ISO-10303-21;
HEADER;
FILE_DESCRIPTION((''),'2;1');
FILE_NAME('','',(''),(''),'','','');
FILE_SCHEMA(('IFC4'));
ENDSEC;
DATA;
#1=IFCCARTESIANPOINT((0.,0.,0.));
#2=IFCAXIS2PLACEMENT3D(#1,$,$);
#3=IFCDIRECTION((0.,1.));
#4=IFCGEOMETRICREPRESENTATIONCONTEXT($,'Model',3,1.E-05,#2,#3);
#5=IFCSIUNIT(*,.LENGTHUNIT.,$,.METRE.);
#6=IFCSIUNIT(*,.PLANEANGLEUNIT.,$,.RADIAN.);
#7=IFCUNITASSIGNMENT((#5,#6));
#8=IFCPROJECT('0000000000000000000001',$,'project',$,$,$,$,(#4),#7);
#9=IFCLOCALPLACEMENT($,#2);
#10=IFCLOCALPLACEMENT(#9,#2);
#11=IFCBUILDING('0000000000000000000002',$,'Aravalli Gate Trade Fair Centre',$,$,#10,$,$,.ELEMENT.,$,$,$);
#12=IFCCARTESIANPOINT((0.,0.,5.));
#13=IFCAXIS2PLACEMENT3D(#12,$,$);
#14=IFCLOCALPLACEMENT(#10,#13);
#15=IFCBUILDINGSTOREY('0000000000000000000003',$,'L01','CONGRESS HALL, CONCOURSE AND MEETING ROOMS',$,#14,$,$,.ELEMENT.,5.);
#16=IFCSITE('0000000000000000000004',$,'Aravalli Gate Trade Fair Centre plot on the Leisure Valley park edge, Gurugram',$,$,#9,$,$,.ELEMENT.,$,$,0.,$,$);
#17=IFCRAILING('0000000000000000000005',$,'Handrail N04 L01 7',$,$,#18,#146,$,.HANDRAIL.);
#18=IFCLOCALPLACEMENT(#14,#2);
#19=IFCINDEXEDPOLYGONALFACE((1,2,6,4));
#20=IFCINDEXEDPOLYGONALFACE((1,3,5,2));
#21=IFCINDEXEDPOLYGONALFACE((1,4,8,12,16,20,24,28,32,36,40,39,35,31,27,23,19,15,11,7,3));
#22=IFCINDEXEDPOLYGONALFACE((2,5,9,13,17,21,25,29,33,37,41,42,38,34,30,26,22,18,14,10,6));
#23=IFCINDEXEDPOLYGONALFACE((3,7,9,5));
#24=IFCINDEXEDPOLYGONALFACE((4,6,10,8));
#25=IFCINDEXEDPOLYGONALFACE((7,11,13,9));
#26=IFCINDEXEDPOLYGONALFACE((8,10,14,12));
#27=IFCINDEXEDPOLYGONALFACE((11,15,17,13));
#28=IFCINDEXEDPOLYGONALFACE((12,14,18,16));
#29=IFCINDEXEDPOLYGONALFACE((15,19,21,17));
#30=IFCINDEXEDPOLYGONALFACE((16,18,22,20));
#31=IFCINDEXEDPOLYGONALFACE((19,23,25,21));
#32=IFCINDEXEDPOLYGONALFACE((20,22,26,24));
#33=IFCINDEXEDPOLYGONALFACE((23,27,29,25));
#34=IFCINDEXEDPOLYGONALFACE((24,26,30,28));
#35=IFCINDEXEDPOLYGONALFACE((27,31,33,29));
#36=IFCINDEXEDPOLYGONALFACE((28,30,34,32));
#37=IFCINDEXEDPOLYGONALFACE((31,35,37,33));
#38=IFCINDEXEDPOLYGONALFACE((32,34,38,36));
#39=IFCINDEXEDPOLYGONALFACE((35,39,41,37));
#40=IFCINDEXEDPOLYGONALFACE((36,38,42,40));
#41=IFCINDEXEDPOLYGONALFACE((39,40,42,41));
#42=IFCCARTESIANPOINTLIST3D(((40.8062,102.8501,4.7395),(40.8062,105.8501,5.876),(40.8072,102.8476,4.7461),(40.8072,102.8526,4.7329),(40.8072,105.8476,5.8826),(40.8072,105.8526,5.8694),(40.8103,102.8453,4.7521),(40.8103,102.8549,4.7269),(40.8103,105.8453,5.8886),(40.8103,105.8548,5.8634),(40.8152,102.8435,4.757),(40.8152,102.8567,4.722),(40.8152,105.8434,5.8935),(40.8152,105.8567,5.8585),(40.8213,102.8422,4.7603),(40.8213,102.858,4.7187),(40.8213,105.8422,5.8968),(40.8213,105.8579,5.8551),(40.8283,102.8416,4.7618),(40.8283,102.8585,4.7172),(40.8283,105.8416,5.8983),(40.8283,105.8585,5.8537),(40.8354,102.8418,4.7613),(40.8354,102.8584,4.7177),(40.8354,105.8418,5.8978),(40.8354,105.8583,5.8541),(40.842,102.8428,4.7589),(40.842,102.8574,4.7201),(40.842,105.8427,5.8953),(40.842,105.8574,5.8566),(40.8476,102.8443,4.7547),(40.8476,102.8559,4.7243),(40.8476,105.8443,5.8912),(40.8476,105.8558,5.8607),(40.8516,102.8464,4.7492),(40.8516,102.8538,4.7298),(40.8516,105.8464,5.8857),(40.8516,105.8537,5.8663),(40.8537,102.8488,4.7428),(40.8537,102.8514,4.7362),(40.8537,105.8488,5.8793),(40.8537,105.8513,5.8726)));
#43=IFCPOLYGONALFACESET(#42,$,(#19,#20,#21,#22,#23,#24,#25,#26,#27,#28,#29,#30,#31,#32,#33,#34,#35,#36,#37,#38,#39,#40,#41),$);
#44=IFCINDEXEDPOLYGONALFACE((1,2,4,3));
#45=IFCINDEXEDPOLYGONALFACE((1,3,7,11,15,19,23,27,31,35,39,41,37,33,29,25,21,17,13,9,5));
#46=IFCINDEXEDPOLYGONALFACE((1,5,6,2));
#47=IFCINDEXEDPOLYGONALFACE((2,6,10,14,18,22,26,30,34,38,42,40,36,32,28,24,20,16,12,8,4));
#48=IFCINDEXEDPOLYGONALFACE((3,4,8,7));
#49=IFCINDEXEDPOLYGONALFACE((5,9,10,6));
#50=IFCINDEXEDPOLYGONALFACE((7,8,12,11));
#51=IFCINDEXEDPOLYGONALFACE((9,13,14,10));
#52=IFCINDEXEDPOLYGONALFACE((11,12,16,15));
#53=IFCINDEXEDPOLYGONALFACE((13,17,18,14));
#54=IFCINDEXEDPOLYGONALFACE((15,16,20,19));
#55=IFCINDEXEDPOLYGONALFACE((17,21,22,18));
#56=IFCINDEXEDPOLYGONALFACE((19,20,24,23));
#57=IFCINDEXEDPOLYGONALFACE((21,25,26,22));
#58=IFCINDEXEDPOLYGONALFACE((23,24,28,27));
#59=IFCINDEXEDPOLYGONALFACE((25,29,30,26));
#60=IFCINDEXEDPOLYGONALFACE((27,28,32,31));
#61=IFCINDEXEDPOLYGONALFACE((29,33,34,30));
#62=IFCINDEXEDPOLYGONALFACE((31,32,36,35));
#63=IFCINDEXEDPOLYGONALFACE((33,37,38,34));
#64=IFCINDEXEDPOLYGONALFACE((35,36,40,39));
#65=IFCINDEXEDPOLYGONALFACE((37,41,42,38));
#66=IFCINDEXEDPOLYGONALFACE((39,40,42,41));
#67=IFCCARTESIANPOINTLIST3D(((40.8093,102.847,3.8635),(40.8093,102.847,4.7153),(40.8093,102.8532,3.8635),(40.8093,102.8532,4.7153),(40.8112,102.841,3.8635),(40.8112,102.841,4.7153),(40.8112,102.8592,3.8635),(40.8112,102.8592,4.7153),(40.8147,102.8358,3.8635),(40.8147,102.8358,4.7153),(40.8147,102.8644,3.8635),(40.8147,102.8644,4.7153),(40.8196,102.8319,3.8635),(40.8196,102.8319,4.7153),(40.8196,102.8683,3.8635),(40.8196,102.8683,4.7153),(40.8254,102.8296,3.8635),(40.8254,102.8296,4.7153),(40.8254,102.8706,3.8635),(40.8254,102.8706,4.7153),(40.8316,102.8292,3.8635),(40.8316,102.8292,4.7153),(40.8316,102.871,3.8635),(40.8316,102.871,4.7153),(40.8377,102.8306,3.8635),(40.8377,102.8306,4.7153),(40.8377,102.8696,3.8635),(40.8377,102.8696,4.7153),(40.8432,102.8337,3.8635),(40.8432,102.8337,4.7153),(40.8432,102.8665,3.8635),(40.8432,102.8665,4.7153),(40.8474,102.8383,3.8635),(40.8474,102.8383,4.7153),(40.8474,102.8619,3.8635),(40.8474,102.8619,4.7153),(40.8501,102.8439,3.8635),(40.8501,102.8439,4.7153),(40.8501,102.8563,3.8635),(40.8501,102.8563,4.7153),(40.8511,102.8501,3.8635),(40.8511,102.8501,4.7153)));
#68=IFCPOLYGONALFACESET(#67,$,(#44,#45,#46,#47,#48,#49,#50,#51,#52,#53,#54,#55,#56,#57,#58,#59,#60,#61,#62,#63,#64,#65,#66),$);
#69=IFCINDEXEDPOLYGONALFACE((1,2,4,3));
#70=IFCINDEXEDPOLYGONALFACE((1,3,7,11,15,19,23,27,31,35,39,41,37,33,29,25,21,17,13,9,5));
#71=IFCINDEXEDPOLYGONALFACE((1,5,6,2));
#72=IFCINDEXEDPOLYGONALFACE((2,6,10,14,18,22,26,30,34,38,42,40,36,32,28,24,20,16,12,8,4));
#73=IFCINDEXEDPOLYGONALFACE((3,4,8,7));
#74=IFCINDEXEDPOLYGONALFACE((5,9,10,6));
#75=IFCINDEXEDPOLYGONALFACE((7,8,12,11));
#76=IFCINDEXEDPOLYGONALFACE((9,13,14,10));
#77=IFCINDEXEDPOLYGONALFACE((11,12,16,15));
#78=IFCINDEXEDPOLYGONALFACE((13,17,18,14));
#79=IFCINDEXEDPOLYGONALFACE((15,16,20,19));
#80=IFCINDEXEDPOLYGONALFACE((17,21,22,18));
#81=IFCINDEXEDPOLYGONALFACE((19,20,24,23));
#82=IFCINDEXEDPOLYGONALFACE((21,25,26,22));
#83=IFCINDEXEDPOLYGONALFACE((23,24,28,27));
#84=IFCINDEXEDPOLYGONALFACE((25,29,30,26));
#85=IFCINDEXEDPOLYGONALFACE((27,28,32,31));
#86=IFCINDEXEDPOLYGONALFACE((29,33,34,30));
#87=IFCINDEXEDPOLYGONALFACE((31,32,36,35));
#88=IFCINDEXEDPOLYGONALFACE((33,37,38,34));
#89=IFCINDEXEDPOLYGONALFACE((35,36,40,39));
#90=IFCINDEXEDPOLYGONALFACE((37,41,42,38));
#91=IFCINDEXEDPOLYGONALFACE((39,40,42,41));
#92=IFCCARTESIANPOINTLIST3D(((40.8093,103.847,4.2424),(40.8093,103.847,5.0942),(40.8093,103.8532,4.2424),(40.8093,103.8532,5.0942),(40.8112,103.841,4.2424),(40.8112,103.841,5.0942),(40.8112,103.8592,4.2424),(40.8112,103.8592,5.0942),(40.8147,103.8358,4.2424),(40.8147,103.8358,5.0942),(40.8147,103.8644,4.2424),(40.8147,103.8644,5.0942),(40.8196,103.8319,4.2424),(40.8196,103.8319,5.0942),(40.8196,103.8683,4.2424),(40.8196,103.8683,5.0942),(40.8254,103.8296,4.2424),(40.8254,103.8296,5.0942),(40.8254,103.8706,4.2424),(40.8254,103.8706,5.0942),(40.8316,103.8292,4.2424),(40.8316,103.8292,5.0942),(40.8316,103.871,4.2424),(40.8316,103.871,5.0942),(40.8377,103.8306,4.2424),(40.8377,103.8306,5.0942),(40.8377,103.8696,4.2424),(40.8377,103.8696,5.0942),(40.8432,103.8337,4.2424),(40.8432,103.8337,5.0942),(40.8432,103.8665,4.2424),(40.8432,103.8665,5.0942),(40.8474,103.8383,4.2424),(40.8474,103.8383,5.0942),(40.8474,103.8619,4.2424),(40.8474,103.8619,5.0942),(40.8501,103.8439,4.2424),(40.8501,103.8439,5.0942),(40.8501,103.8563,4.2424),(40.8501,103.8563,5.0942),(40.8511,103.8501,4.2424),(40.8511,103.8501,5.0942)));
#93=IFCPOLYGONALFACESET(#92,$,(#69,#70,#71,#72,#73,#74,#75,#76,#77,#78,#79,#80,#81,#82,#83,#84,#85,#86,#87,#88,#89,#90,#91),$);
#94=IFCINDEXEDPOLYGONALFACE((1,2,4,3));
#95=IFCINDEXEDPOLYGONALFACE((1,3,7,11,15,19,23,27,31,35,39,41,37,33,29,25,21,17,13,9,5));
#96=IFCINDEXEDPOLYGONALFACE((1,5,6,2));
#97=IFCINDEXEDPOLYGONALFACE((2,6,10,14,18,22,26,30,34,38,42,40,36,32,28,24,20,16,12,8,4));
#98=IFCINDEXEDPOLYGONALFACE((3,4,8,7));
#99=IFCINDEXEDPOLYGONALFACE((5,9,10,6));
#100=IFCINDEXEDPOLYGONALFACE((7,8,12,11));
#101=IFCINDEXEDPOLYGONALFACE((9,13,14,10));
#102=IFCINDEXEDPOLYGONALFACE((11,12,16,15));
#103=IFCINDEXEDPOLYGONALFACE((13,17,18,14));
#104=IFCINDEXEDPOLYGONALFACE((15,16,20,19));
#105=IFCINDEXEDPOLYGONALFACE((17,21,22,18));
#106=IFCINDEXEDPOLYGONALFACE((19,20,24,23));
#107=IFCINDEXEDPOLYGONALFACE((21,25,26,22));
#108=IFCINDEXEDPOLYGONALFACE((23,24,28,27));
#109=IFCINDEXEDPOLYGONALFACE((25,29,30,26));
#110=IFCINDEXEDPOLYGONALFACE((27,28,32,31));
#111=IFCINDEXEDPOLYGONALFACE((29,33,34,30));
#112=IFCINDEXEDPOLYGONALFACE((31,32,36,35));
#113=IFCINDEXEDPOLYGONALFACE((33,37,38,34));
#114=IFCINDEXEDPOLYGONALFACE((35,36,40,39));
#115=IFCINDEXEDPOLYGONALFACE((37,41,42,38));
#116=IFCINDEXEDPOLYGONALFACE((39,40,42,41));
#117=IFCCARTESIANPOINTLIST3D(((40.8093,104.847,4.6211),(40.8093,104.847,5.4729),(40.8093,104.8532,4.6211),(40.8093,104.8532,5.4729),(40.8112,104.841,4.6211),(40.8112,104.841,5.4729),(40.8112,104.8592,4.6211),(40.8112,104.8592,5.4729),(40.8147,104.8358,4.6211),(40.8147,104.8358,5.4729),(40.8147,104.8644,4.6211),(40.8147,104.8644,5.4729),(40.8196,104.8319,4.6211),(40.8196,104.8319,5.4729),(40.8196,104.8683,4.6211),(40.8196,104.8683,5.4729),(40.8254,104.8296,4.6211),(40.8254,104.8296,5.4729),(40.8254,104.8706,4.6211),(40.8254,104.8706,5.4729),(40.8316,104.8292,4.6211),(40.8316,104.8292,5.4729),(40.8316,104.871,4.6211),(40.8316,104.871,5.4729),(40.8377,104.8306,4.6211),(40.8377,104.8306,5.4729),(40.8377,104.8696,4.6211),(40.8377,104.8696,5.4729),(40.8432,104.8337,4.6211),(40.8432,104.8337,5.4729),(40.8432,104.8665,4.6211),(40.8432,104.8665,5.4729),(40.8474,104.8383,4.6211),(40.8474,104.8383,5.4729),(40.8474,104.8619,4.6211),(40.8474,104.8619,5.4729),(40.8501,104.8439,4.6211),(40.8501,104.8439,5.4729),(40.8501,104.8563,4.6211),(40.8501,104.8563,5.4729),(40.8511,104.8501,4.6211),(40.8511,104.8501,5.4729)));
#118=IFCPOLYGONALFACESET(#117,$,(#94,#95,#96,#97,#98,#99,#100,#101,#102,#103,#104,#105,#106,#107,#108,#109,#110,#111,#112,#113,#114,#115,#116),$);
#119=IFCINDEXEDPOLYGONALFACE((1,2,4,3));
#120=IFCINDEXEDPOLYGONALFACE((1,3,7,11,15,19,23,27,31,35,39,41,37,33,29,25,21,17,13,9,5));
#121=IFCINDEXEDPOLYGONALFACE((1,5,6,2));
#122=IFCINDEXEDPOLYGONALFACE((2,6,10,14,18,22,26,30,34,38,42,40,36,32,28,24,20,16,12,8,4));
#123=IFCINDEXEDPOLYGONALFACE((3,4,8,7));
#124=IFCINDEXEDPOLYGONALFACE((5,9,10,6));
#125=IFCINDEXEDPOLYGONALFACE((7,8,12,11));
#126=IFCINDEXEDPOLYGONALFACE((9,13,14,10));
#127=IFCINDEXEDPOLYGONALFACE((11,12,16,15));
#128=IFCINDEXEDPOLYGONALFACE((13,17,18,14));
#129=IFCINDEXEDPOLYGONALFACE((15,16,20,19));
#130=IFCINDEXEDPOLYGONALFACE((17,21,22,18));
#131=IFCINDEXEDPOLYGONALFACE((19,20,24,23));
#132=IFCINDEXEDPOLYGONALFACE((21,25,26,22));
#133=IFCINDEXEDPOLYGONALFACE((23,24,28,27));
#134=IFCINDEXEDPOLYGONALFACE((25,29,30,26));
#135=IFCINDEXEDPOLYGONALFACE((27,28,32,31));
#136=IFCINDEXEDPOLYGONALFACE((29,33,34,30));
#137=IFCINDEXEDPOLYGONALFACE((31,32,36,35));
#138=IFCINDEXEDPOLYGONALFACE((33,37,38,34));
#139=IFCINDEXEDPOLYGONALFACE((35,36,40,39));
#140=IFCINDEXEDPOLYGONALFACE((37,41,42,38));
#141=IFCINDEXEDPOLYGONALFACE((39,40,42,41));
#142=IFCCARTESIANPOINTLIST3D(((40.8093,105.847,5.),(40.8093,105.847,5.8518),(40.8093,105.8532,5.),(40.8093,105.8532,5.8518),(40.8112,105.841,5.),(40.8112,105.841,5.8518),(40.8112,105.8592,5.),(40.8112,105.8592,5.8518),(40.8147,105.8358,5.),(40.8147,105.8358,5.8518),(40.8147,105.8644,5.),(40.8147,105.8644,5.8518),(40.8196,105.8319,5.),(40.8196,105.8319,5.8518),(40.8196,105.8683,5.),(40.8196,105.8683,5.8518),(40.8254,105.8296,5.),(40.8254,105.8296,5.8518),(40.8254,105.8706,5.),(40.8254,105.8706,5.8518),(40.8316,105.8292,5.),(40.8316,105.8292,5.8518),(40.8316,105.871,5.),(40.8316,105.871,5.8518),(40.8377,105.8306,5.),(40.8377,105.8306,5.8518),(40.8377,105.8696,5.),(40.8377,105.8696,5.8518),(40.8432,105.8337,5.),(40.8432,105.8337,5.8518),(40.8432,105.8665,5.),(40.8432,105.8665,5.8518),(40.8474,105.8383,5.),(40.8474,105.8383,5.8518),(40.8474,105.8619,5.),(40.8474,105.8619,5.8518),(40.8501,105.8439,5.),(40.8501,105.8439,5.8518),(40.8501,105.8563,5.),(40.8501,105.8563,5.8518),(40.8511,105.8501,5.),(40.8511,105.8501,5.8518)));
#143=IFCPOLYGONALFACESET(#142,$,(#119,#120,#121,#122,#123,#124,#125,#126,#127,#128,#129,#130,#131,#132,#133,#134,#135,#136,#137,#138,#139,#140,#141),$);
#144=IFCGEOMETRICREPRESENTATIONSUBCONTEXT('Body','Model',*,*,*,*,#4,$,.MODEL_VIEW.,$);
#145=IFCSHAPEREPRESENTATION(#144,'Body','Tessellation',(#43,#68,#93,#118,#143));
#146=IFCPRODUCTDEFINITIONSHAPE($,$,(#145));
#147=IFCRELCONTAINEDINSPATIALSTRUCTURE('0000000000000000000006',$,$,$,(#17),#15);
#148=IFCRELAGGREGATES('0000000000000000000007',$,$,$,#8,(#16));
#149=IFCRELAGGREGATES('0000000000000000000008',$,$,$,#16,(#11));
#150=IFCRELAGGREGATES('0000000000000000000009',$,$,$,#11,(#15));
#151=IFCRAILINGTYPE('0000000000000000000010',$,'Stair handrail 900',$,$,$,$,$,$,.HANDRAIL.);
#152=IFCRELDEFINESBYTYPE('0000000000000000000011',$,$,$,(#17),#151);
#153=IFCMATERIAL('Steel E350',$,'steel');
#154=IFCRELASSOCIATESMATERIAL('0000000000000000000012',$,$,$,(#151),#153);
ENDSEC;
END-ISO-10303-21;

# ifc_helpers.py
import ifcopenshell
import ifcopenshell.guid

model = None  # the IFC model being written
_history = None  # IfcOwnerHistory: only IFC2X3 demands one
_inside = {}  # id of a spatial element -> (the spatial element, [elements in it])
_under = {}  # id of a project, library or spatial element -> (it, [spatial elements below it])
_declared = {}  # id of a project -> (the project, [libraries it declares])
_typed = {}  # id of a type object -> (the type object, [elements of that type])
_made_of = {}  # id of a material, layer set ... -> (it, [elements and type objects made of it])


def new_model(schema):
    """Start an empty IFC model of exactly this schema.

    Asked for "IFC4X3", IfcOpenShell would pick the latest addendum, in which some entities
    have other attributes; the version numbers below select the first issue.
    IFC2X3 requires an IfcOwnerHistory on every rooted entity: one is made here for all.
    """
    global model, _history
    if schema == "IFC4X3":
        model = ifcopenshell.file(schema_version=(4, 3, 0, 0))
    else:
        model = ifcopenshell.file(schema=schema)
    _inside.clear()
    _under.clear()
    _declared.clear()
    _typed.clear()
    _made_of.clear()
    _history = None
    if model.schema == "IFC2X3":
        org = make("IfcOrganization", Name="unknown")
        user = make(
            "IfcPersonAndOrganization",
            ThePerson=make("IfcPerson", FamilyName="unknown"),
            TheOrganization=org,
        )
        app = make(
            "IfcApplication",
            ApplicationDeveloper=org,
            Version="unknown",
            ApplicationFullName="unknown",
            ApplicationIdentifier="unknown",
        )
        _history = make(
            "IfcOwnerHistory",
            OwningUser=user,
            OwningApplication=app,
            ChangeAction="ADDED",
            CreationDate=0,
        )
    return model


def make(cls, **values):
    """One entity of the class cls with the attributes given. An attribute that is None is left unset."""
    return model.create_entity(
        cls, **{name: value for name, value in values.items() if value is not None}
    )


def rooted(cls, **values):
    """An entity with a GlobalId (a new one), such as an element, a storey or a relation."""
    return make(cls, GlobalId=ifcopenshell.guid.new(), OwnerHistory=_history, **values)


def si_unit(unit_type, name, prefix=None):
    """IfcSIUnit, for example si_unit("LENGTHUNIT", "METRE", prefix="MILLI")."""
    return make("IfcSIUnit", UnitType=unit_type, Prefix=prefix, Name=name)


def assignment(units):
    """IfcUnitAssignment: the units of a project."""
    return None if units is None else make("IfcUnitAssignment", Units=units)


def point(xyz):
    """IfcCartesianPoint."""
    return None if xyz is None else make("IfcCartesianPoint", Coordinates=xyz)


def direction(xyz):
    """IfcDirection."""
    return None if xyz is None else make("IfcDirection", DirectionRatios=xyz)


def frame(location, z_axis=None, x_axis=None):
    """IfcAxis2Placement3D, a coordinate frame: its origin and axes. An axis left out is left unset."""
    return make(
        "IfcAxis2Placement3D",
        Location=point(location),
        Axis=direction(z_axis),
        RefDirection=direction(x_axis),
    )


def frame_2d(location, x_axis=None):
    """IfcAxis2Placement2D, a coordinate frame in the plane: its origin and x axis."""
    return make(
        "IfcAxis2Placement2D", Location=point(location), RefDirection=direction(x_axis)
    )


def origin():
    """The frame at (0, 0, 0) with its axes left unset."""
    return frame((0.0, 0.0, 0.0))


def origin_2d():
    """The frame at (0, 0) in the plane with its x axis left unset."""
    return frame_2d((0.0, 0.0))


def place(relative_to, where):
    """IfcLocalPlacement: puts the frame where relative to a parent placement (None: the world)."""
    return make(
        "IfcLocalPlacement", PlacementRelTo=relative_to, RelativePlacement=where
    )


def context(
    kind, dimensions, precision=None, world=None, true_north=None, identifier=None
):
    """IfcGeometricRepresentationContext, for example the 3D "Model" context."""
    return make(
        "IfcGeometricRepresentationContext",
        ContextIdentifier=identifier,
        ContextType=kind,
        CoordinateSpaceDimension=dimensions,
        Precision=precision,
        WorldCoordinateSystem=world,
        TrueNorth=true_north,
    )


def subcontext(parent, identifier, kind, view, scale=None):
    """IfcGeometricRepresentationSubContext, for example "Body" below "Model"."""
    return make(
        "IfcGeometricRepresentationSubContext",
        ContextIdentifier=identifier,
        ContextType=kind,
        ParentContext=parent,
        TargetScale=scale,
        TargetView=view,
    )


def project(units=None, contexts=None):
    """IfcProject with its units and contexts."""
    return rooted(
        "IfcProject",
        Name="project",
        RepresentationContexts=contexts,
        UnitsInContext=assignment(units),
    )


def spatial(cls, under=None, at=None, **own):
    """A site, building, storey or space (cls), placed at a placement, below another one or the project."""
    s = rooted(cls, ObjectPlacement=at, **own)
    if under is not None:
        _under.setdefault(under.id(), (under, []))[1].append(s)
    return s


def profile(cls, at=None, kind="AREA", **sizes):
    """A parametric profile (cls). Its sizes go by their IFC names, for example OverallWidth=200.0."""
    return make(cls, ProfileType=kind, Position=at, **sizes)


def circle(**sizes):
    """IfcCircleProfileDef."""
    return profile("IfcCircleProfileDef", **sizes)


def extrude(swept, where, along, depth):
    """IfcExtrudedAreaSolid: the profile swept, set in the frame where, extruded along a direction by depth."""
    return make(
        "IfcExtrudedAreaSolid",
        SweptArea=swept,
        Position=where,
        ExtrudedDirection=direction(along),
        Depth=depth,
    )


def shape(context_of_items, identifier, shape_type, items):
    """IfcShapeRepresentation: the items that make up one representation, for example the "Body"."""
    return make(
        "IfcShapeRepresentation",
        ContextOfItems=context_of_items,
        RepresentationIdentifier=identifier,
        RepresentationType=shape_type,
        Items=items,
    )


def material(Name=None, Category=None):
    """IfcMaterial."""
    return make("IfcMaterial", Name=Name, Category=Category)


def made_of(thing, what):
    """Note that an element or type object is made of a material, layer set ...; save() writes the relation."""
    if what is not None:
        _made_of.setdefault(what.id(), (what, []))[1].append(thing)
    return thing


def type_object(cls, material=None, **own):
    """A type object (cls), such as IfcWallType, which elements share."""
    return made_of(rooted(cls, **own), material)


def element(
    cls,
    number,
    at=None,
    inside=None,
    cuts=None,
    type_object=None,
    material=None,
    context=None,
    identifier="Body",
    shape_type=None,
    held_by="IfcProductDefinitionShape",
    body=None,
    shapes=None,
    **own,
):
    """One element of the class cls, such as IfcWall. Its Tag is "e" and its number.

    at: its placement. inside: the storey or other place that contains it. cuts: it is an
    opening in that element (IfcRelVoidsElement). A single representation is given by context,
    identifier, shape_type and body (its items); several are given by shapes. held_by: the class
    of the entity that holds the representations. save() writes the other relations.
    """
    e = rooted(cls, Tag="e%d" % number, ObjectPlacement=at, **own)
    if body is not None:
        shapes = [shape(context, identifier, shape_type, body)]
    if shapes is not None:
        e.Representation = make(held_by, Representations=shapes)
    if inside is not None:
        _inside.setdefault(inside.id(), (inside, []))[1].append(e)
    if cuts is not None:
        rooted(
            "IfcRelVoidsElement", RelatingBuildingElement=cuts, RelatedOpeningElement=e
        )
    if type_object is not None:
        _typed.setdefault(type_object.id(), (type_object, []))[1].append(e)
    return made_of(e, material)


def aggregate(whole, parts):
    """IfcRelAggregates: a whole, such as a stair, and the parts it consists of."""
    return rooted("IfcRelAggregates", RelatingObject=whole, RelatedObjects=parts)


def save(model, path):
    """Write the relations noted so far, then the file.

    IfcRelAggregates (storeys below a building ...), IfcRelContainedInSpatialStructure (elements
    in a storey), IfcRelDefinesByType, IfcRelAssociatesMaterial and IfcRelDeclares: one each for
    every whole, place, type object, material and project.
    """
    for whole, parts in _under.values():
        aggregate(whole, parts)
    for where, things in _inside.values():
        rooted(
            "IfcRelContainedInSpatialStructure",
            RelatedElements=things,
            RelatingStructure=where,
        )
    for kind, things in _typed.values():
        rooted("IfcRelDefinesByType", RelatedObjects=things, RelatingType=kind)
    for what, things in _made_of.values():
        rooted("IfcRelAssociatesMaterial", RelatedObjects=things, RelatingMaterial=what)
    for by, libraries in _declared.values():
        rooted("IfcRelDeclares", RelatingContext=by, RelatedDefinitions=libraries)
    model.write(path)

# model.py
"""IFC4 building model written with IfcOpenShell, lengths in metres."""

from ifc_helpers import new_model, si_unit, direction, frame, origin, origin_2d, place, context, subcontext, project, spatial, circle, extrude, material, type_object, element, save


model = new_model("IFC4")

# Units and contexts
model_context = context("Model", 3, precision=1e-05, world=origin(), true_north=direction((0.0, 1.0)))
body_context = subcontext(model_context, "Body", "Model", "MODEL_VIEW")
ifc_project = project(units=[si_unit("LENGTHUNIT", "METRE"), si_unit("PLANEANGLEUNIT", "RADIAN")], contexts=[model_context])

# Site, building, storey
site_placement = place(None, origin())
site = spatial("IfcSite", under=ifc_project, at=site_placement, Name="Aravalli Gate Trade Fair Centre plot on the Leisure Valley park edge, Gurugram", CompositionType="ELEMENT", RefElevation=0.0)
building_placement = place(site_placement, origin())
building = spatial("IfcBuilding", under=site, at=building_placement, Name="Aravalli Gate Trade Fair Centre", CompositionType="ELEMENT")
storey_placement = place(building_placement, frame((0.0, 0.0, 5.0)))
storey = spatial("IfcBuildingStorey", under=building, at=storey_placement, Name="L01", Description="CONGRESS HALL, CONCOURSE AND MEETING ROOMS", CompositionType="ELEMENT", Elevation=5.0)

# Railing
ifc_material_1 = material(Name="Steel E350", Category="steel")
railing_type = type_object("IfcRailingType", Name="Stair handrail 900", PredefinedType="HANDRAIL", material=ifc_material_1)
for number, where, name in (
    (1, (40.8301, 102.8501, 3.8635), "Handrail N04 L01 7"),
):
    element("IfcRailing", number, at=place(storey_placement, frame(where)), inside=storey, type_object=railing_type, Name=name, PredefinedType="HANDRAIL", context=body_context, shape_type="SweptSolid", body=[
        extrude(circle(Radius=0.0239, at=origin_2d()), frame((0.0, 0.0, 0.876), z_axis=(0.0, 0.935148, 0.354257), x_axis=(-1.0, 0.0, 0.0)), (0.0, 0.0, 1.0), 3.208),
        extrude(circle(Radius=0.021, at=origin_2d()), origin(), (0.0, 0.0, 1.0), 0.8518),
        extrude(circle(Radius=0.021, at=origin_2d()), frame((0.0, 1.0, 0.3789)), (0.0, 0.0, 1.0), 0.8518),
        extrude(circle(Radius=0.021, at=origin_2d()), frame((0.0, 2.0, 0.7576)), (0.0, 0.0, 1.0), 0.8518),
        extrude(circle(Radius=0.021, at=origin_2d()), frame((0.0, 3.0, 1.1365)), (0.0, 0.0, 1.0), 0.8518),
    ])

save(model, "model.ifc")
